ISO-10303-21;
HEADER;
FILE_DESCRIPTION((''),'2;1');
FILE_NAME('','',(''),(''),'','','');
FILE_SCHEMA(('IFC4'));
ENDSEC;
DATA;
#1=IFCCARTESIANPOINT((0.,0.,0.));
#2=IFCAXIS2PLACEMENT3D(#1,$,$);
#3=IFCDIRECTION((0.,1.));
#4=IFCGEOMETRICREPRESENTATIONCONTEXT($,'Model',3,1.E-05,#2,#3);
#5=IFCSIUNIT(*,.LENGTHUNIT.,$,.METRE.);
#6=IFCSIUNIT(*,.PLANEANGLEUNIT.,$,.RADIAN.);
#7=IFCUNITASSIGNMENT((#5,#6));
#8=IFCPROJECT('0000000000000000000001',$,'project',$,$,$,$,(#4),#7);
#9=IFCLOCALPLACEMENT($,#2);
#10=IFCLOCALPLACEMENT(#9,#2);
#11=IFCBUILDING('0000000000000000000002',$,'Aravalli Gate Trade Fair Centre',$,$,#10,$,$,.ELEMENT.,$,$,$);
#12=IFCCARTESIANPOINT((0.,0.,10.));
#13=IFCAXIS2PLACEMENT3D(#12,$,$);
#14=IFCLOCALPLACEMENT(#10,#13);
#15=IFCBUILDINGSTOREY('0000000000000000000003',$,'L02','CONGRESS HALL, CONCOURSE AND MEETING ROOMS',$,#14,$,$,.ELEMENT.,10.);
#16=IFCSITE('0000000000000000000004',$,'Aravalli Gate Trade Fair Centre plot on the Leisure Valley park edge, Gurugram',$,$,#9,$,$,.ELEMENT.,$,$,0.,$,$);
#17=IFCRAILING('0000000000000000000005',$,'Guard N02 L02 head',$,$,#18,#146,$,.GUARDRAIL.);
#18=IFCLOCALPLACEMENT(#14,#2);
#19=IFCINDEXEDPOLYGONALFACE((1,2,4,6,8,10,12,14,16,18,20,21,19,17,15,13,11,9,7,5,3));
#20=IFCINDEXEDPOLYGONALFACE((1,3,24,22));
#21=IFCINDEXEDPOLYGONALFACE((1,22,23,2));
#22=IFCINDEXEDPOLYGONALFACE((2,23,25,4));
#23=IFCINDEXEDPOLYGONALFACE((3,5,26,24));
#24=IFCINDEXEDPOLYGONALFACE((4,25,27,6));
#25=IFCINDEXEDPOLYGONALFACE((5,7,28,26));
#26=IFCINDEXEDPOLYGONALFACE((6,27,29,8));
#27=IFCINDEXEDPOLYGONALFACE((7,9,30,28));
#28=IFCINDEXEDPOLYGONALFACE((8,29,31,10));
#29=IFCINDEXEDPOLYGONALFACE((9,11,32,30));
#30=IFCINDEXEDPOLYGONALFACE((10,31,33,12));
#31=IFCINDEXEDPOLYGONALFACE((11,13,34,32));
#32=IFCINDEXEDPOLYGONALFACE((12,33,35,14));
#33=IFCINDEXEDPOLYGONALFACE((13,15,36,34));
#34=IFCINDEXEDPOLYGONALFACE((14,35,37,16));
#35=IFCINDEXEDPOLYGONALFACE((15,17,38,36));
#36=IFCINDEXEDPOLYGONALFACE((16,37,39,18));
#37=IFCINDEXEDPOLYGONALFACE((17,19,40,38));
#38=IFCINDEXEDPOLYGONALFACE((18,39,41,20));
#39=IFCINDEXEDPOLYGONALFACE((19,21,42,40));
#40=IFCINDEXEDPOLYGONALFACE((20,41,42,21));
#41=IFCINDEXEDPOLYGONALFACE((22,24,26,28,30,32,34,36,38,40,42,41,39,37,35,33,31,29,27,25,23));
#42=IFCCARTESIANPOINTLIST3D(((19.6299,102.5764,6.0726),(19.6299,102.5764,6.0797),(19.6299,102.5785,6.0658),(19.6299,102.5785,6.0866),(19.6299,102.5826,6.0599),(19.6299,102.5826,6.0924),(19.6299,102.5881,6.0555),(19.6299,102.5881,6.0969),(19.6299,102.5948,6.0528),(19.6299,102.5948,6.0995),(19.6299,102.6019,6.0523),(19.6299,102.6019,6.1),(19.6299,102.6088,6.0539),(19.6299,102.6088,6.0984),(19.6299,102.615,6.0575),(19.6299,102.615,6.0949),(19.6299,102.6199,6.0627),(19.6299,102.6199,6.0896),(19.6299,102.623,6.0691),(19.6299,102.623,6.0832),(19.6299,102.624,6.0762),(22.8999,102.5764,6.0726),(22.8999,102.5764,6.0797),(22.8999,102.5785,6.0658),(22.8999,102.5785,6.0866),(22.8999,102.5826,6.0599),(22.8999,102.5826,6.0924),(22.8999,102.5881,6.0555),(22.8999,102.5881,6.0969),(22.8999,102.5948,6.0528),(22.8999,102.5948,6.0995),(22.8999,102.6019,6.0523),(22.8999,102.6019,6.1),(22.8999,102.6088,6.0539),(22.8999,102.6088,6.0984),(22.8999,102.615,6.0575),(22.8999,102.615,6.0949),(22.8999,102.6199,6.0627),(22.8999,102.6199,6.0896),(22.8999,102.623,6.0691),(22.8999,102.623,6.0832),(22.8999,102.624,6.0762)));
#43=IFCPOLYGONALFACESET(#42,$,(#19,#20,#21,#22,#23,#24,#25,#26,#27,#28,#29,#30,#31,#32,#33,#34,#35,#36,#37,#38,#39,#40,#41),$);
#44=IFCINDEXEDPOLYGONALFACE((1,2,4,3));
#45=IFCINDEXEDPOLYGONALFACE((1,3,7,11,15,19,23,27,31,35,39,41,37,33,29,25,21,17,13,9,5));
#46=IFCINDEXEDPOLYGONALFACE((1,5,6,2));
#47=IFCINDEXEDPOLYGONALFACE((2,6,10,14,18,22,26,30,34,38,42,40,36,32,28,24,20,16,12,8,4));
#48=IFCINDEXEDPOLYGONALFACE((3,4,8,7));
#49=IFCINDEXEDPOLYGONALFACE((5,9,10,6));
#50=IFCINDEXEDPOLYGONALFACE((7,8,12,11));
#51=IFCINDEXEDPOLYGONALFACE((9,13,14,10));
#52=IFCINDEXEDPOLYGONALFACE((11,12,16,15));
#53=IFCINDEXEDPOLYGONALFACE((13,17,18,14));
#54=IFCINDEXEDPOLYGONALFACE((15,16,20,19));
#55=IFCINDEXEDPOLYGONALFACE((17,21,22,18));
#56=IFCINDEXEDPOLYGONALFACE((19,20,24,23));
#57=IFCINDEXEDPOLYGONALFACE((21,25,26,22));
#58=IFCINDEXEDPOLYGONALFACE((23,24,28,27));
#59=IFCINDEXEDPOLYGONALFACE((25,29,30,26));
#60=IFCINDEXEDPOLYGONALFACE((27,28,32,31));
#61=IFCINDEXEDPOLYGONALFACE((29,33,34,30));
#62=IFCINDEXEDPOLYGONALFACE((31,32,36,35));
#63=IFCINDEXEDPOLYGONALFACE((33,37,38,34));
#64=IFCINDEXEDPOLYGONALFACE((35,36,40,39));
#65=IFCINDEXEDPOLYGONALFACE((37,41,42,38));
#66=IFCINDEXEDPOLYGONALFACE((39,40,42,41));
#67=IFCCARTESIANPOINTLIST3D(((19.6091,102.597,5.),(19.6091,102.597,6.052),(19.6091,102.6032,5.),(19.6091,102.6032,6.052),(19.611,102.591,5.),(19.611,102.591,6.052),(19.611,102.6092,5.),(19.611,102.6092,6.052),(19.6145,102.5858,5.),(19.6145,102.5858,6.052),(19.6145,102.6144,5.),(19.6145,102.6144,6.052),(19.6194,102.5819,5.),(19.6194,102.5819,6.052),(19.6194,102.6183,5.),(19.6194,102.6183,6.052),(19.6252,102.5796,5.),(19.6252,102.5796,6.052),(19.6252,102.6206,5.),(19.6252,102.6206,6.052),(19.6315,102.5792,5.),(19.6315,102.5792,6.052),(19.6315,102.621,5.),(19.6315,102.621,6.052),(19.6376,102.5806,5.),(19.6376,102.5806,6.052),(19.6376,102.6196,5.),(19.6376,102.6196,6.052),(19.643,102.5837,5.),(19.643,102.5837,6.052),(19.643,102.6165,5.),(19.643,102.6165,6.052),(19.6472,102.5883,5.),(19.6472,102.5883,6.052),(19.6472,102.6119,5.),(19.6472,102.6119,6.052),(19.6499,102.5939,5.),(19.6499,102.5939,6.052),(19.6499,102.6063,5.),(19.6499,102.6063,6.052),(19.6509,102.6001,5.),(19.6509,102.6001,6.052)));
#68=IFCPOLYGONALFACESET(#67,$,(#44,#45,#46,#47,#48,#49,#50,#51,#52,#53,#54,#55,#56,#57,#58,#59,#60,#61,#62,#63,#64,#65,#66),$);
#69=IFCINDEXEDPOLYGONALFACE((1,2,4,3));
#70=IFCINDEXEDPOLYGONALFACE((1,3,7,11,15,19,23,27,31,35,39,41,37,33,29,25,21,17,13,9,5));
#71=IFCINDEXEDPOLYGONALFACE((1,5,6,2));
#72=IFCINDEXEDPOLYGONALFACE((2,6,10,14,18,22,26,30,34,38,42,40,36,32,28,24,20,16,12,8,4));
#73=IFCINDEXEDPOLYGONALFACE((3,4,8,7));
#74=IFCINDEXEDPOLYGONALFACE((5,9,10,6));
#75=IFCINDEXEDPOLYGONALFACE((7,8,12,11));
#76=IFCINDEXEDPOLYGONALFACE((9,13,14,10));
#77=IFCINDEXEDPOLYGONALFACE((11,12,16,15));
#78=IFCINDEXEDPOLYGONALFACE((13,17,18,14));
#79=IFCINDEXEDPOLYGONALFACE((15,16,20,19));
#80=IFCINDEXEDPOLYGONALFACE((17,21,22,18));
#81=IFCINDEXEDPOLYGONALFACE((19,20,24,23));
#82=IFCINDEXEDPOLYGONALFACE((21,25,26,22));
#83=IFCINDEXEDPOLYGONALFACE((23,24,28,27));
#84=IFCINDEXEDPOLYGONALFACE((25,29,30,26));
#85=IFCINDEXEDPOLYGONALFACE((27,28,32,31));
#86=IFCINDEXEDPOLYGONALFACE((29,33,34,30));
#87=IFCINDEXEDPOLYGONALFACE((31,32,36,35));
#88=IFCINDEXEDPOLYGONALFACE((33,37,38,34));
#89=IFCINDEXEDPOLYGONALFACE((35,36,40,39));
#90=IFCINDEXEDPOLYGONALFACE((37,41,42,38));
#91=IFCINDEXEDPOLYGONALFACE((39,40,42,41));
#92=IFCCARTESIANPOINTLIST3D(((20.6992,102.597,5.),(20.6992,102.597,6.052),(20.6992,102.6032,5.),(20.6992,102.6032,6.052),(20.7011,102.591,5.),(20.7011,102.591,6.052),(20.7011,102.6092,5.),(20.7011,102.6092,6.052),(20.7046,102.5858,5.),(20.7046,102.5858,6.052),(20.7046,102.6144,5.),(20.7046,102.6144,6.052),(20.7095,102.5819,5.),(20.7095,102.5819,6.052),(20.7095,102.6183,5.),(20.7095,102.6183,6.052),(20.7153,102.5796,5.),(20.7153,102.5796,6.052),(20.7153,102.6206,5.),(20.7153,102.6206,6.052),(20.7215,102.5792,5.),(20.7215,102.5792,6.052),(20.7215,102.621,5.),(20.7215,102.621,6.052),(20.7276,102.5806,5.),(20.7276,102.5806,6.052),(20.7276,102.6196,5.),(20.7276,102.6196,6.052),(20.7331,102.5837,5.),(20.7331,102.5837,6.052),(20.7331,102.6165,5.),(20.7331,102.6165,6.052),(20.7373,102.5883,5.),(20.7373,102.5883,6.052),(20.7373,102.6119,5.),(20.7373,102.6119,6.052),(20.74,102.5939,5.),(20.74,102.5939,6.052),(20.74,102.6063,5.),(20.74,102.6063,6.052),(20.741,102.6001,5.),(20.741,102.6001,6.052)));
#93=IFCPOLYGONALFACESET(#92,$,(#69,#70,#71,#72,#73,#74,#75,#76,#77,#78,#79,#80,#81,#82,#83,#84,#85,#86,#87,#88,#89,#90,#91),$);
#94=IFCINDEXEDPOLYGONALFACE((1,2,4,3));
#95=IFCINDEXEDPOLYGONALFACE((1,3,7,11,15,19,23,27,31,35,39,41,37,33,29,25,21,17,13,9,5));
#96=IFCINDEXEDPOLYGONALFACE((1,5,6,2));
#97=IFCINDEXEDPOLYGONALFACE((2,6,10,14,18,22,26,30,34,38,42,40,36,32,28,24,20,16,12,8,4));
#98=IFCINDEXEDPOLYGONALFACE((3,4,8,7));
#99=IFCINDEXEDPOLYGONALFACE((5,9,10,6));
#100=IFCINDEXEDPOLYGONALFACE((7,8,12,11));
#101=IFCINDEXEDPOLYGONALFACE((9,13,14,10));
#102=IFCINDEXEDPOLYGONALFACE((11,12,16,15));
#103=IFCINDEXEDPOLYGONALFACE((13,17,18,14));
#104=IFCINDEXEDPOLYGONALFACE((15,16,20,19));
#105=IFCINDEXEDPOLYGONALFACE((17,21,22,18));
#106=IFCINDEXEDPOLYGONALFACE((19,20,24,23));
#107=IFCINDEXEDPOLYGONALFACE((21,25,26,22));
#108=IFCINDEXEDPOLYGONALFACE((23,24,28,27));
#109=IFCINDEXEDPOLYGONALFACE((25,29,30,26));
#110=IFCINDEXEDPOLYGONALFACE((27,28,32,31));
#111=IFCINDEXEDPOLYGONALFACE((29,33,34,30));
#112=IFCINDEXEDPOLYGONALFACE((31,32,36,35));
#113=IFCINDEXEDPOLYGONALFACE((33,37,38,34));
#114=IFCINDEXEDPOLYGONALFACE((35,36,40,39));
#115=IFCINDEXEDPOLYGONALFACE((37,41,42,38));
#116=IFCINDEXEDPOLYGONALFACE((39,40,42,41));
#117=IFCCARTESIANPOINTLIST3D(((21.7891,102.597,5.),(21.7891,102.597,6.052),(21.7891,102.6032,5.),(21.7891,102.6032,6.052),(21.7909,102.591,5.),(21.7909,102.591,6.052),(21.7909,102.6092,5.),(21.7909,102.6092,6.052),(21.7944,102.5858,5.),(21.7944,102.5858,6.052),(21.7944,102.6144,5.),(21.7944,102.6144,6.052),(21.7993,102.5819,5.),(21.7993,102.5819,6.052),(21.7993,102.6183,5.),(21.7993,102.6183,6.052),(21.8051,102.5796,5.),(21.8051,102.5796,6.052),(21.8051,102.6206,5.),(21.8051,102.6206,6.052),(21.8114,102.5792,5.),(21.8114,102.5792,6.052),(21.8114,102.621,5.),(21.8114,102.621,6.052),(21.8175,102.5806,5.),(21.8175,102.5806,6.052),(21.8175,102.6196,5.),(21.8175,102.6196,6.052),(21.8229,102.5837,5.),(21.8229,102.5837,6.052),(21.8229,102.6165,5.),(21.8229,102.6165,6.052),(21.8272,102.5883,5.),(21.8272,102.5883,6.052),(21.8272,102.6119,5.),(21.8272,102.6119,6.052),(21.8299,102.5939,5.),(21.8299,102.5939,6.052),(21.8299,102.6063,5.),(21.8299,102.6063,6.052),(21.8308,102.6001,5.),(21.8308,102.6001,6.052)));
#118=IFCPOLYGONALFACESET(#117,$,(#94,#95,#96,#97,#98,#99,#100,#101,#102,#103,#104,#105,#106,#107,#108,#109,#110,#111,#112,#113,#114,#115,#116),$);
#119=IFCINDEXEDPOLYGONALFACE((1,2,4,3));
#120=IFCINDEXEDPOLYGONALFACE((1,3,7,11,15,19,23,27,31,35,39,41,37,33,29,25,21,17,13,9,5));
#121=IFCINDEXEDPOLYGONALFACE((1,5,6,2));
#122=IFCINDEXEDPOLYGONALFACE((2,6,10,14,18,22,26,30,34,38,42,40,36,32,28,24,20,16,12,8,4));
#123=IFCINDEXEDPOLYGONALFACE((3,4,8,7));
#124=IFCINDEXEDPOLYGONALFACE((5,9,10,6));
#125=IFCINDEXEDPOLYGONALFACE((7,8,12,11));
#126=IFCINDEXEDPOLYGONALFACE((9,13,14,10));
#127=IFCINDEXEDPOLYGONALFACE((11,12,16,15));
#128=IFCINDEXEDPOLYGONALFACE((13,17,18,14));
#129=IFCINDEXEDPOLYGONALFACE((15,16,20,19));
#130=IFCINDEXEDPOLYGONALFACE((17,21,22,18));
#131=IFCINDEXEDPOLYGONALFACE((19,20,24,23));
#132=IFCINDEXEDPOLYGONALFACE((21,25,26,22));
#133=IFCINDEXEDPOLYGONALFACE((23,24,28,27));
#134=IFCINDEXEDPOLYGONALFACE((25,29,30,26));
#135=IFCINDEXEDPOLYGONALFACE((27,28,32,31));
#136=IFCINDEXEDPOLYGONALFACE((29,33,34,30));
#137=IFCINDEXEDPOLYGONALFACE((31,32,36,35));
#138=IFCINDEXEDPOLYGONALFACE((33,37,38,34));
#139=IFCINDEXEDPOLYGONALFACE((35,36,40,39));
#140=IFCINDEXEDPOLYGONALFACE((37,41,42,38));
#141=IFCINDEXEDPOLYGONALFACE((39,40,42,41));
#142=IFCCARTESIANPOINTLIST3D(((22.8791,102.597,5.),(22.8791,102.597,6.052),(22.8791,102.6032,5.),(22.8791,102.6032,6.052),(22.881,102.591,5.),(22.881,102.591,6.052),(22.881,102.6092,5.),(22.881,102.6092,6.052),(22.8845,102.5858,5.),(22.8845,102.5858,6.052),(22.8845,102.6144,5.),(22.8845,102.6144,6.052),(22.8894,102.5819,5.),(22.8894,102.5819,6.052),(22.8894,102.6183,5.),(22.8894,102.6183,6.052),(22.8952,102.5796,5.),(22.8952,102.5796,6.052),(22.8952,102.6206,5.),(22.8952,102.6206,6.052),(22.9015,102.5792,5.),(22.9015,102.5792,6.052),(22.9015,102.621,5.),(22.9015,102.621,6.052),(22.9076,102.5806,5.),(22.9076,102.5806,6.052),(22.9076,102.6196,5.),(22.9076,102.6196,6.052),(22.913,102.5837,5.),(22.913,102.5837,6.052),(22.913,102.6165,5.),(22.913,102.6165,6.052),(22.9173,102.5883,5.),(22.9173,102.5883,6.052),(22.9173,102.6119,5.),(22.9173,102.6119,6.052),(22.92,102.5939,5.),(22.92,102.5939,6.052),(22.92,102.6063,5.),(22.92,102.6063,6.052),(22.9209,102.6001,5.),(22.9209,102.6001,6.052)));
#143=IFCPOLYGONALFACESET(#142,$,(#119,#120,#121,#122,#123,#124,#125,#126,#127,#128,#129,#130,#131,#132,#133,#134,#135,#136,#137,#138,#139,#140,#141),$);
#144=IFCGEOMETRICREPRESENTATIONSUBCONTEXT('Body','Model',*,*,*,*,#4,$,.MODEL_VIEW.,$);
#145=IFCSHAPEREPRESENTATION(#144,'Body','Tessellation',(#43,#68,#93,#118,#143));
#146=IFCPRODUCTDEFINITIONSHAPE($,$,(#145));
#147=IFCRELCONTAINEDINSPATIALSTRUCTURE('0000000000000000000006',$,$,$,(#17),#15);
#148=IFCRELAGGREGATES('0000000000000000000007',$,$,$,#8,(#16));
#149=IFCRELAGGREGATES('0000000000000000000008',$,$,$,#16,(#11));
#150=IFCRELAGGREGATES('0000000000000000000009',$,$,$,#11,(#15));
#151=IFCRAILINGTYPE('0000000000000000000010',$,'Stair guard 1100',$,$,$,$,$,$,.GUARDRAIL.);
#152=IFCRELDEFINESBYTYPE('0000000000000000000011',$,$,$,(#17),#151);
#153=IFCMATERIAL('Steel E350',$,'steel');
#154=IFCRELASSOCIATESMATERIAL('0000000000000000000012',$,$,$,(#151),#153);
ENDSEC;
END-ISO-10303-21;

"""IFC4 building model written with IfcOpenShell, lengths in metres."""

from ifc_helpers import new_model, si_unit, direction, frame, origin, origin_2d, place, context, subcontext, project, spatial, circle, extrude, material, type_object, element, save


model = new_model("IFC4")

# Units and contexts
model_context = context("Model", 3, precision=1e-05, world=origin(), true_north=direction((0.0, 1.0)))
body_context = subcontext(model_context, "Body", "Model", "MODEL_VIEW")
ifc_project = project(units=[si_unit("LENGTHUNIT", "METRE"), si_unit("PLANEANGLEUNIT", "RADIAN")], contexts=[model_context])

# Site, building, storey
site_placement = place(None, origin())
site = spatial("IfcSite", under=ifc_project, at=site_placement, Name="Aravalli Gate Trade Fair Centre plot on the Leisure Valley park edge, Gurugram", CompositionType="ELEMENT", RefElevation=0.0)
building_placement = place(site_placement, origin())
building = spatial("IfcBuilding", under=site, at=building_placement, Name="Aravalli Gate Trade Fair Centre", CompositionType="ELEMENT")
storey_placement = place(building_placement, frame((0.0, 0.0, 10.0)))
storey = spatial("IfcBuildingStorey", under=building, at=storey_placement, Name="L02", Description="CONGRESS HALL, CONCOURSE AND MEETING ROOMS", CompositionType="ELEMENT", Elevation=10.0)

# Shared definitions
ifc_material_1 = material(Name="Steel E350", Category="steel")

# Railing
railing_type_1 = type_object("IfcRailingType", Name="Stair guard 1100", PredefinedType="GUARDRAIL", material=ifc_material_1)
railing_placement = place(storey_placement, frame((19.6299, 102.6001, 5.0)))
element("IfcRailing", 1, at=railing_placement, inside=storey, type_object=railing_type_1, Name="Guard N02 L02 head", PredefinedType="GUARDRAIL", context=body_context, shape_type="SweptSolid", body=[
    extrude(circle(Radius=0.0239, at=origin_2d()), frame((0.0, 0.0, 1.0762), z_axis=(1.0, 0.0, 0.0), x_axis=(0.0, 1.0, 0.0)), (0.0, 0.0, 1.0), 3.27),
    extrude(circle(Radius=0.021, at=origin_2d()), origin(), (0.0, 0.0, 1.0), 1.052),
    extrude(circle(Radius=0.021, at=origin_2d()), frame((1.0901, 0.0, 0.0)), (0.0, 0.0, 1.0), 1.052),
    extrude(circle(Radius=0.021, at=origin_2d()), frame((2.1799, 0.0, 0.0)), (0.0, 0.0, 1.0), 1.052),
    extrude(circle(Radius=0.021, at=origin_2d()), frame((3.27, 0.0, 0.0)), (0.0, 0.0, 1.0), 1.052),
])

save(model, "model.ifc")
